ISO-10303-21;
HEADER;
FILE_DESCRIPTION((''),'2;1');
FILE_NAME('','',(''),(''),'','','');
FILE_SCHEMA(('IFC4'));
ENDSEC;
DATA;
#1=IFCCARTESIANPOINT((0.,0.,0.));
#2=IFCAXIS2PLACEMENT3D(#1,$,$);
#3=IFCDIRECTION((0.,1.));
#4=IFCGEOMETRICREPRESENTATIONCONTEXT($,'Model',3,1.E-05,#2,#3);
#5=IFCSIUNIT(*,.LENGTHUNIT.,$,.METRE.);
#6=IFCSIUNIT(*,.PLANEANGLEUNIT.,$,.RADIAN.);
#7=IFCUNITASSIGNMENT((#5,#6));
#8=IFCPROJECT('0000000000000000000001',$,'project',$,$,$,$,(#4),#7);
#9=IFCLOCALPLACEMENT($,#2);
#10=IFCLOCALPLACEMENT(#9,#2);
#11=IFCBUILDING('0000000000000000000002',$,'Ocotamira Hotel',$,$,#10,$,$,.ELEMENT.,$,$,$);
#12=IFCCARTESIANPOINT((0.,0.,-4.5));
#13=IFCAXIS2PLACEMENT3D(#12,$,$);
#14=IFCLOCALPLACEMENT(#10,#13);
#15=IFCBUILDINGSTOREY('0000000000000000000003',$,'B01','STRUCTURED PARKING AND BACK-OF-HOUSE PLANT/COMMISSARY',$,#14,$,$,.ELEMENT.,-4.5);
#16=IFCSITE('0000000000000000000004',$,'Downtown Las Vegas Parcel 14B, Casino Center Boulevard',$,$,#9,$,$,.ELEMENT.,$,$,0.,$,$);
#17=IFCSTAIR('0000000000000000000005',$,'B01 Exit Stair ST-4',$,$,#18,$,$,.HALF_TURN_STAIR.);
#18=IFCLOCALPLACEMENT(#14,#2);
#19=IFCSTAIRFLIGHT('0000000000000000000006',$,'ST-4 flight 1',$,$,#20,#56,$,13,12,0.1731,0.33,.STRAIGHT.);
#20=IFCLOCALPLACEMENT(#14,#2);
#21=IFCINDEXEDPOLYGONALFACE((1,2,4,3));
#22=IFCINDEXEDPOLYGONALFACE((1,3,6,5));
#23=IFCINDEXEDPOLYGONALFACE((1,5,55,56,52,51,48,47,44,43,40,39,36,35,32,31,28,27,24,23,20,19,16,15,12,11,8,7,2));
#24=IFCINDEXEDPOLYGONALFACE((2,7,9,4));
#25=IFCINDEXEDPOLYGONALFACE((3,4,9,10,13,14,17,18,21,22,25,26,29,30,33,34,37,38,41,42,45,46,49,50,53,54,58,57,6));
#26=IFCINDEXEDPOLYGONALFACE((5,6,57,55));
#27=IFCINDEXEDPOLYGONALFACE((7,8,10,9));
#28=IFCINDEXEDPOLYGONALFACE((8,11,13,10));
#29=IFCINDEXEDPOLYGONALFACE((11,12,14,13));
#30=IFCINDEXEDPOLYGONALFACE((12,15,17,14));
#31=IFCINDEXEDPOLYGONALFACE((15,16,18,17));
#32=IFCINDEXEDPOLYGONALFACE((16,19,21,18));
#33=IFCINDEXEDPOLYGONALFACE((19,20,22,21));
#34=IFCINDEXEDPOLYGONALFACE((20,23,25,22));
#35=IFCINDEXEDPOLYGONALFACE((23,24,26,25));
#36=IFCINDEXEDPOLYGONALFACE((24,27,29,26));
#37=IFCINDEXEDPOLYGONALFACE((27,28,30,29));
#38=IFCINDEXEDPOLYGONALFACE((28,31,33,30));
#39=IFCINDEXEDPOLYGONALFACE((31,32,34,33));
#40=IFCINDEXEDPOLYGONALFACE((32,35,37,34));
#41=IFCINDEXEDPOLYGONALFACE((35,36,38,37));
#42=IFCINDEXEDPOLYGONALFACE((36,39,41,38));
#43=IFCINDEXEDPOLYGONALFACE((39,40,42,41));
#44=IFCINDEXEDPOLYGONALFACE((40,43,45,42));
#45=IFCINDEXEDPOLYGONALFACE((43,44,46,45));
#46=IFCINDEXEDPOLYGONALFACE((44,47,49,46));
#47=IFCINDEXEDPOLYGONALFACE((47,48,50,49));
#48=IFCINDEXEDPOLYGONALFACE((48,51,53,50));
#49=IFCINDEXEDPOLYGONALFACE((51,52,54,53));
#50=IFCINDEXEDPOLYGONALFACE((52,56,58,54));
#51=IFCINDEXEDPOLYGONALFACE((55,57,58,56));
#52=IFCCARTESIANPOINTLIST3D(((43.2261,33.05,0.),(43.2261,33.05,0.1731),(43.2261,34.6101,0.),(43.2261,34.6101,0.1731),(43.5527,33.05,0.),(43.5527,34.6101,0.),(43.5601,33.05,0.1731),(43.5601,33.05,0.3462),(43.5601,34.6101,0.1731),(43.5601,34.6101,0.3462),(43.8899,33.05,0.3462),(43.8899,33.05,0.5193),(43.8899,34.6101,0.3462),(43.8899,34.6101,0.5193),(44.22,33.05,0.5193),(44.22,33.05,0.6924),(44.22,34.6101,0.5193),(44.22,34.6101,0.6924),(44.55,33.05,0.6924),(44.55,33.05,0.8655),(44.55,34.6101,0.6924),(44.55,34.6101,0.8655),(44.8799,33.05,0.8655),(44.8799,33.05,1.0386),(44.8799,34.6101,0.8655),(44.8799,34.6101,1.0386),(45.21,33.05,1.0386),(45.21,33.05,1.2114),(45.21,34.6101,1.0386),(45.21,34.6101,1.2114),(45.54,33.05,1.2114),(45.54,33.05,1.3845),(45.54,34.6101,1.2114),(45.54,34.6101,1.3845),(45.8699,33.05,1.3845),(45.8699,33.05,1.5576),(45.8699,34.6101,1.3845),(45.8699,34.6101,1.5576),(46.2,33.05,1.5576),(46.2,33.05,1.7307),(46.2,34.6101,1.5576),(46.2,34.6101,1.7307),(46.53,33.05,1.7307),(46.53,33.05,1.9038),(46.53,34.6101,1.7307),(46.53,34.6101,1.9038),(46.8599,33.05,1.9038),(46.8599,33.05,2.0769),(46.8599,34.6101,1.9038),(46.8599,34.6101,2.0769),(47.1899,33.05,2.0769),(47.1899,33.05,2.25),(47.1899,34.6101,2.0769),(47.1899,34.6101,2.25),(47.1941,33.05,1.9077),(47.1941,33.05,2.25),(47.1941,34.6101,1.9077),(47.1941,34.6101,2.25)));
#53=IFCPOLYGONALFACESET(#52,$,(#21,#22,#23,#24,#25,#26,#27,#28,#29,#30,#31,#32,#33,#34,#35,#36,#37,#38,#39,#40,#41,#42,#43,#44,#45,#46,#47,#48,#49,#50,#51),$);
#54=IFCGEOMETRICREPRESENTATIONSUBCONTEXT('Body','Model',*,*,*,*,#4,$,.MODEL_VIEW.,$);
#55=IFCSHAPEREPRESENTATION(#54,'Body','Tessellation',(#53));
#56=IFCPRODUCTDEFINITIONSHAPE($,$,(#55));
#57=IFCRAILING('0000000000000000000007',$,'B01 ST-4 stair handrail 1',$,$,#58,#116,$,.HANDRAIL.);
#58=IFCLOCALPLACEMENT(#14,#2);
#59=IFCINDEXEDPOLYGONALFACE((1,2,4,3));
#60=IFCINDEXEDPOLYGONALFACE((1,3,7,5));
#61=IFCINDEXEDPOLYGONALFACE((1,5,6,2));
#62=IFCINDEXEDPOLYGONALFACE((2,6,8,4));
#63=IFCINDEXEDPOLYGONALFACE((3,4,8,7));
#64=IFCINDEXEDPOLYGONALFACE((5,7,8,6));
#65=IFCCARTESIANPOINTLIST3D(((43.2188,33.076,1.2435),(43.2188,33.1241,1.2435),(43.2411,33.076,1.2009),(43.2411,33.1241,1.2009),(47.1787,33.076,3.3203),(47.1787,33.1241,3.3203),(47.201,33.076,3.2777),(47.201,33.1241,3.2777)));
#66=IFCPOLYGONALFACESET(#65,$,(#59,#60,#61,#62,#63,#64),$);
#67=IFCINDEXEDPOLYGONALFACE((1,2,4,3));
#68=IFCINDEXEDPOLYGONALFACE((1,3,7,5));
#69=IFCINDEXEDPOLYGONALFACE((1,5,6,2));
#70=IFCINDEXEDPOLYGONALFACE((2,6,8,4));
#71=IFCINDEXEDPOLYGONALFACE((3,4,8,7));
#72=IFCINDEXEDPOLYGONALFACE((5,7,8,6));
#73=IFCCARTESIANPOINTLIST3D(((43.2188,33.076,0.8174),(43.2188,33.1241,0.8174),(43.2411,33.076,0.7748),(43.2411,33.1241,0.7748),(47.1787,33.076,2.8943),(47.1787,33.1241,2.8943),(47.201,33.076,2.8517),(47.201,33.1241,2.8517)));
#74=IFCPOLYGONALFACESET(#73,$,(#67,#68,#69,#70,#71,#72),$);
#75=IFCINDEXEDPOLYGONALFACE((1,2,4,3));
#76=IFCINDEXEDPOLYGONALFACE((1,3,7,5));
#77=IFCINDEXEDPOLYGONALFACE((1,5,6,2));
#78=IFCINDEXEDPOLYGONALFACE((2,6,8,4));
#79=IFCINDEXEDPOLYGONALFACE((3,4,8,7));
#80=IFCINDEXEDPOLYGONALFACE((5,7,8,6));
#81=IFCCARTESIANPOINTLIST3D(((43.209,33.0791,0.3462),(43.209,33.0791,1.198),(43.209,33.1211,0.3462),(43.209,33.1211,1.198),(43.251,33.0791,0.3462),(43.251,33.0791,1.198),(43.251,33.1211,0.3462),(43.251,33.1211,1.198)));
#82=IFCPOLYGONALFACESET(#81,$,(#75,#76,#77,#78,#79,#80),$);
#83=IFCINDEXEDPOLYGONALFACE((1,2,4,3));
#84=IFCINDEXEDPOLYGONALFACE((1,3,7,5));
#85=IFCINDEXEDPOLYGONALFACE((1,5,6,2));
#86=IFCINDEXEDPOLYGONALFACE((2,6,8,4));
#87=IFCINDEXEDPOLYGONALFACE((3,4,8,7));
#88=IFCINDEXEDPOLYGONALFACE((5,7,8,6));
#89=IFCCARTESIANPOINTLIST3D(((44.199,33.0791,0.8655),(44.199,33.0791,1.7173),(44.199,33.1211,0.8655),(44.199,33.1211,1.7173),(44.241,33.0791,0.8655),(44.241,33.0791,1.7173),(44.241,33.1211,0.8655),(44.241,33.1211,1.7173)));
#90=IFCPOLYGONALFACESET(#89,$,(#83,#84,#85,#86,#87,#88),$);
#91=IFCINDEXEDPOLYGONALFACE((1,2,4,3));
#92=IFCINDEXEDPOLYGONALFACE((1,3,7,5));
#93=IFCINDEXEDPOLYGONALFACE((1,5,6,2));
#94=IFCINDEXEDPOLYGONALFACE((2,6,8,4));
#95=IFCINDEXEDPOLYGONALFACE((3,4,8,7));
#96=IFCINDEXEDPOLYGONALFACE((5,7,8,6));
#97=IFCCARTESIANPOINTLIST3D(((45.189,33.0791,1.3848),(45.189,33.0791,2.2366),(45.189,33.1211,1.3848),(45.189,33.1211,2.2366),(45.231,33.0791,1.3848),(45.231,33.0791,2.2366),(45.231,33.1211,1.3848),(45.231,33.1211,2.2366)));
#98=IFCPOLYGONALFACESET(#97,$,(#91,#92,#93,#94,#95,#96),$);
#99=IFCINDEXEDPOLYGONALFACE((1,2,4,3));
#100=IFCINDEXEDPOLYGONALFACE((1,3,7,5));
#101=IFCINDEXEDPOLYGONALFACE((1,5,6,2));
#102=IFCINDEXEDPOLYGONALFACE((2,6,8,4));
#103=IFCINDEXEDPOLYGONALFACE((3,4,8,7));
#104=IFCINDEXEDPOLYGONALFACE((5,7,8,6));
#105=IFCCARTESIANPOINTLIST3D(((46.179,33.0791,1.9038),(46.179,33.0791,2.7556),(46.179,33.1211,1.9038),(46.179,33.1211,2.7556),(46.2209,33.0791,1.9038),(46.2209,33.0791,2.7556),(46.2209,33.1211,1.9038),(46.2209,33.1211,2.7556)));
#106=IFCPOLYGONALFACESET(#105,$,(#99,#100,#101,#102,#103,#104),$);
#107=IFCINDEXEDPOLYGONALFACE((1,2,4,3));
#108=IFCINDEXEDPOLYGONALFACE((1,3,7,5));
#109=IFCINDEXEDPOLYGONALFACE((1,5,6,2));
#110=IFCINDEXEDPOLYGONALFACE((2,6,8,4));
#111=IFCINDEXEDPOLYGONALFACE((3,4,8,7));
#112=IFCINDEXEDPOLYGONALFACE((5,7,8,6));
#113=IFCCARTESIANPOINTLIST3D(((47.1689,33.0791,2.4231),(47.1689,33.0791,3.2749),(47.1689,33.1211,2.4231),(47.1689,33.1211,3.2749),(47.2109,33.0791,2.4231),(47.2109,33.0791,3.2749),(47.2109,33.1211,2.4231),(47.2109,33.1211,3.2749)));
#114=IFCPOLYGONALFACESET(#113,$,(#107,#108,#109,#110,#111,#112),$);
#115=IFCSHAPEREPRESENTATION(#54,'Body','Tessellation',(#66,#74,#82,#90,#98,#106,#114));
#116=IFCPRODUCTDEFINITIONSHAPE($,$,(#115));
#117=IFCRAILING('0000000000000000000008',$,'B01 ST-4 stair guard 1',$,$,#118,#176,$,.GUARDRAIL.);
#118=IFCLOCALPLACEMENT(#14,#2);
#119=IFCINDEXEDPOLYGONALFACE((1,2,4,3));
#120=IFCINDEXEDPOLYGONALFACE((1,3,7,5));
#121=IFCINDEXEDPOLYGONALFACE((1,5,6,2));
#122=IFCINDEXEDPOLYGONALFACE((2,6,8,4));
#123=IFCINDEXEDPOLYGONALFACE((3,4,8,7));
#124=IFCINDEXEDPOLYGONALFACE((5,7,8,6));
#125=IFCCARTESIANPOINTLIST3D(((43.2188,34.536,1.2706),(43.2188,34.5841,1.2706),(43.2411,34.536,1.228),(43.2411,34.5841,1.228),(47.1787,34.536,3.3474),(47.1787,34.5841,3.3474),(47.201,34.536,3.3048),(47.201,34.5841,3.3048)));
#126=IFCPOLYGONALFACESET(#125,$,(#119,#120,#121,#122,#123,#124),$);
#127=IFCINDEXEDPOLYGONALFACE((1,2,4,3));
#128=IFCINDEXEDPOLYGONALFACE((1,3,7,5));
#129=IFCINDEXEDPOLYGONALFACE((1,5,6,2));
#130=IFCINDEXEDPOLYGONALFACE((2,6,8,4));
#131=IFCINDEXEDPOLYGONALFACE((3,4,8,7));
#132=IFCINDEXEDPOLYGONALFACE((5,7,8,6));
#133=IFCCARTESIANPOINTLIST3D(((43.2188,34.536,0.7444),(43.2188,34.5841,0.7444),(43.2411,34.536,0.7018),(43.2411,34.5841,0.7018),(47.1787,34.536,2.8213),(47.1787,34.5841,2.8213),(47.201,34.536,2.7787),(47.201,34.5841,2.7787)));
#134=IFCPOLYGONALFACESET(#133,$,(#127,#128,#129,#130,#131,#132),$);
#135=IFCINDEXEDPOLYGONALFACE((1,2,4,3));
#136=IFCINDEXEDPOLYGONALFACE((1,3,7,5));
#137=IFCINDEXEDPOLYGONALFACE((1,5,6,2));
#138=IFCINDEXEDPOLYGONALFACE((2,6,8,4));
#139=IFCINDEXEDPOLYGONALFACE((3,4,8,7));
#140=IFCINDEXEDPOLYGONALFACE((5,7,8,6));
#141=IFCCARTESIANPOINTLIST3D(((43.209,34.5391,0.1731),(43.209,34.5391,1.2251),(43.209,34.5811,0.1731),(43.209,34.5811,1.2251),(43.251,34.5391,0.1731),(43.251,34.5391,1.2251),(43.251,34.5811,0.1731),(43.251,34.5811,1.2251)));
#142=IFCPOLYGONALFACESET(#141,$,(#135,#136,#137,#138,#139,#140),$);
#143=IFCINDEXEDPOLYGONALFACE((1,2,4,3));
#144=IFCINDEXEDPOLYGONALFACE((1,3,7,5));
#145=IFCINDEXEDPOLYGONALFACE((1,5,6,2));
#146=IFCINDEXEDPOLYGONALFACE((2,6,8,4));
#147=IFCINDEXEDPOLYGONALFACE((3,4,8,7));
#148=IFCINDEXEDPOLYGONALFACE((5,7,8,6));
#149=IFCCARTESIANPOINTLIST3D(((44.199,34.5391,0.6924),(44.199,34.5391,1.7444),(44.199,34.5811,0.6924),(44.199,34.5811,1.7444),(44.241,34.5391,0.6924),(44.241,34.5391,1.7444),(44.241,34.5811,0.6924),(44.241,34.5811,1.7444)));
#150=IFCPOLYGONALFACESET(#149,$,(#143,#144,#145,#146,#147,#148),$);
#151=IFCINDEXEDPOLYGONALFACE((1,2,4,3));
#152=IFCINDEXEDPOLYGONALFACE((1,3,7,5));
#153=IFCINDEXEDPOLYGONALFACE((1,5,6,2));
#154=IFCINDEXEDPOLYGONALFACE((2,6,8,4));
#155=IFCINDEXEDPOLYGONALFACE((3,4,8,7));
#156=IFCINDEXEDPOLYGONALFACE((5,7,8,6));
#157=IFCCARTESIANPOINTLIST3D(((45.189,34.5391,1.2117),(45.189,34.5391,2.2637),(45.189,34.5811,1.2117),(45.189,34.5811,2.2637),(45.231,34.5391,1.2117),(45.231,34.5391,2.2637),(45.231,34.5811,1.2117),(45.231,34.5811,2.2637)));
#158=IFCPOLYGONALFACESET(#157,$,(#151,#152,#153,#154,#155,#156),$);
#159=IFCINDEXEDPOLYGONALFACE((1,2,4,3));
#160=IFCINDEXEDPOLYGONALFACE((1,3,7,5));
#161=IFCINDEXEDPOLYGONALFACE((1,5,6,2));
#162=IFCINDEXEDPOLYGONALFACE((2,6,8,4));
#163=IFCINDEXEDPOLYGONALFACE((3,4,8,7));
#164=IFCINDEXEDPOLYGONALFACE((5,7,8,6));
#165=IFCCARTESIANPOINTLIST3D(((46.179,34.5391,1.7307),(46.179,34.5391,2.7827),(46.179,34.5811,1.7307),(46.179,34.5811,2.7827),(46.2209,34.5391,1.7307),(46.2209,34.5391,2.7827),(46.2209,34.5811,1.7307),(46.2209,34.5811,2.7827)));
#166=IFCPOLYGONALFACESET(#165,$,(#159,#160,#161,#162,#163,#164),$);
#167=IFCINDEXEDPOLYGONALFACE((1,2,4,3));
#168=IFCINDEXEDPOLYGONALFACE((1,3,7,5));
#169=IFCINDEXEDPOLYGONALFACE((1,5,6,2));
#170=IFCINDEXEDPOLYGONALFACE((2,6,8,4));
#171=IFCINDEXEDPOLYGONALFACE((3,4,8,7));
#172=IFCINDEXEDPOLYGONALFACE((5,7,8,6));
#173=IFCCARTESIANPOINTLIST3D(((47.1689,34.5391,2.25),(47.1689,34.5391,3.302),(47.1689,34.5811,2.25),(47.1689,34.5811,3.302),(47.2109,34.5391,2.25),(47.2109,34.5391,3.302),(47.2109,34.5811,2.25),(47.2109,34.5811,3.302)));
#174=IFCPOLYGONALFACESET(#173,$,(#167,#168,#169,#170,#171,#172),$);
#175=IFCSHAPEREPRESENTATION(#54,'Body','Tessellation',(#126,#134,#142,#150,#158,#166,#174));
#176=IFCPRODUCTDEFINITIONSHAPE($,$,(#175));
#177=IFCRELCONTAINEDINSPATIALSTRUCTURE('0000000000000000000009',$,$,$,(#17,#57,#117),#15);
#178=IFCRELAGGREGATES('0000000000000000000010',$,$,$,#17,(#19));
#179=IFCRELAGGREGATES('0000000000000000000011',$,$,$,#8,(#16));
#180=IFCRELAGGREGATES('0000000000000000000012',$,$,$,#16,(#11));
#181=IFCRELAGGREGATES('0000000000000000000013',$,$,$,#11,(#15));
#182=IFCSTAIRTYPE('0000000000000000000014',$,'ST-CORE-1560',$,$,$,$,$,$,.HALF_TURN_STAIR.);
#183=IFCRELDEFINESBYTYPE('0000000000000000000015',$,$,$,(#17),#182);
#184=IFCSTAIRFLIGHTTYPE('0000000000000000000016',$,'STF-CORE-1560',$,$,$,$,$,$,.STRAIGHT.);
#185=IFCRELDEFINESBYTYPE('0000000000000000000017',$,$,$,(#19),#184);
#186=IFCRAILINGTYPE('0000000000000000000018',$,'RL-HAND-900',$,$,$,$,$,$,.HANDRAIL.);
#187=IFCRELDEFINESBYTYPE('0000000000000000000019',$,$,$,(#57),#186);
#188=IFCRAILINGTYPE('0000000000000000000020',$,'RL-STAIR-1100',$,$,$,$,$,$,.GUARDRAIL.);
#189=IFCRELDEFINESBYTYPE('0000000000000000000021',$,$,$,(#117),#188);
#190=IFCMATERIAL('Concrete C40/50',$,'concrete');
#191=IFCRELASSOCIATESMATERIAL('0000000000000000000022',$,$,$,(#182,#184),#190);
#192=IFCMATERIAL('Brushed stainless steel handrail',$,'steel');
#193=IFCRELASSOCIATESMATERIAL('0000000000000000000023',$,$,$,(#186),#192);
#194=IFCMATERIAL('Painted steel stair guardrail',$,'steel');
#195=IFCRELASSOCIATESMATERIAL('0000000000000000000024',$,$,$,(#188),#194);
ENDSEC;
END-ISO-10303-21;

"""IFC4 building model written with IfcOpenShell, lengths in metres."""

from ifc_helpers import new_model, si_unit, direction, frame, origin, origin_2d, place, context, subcontext, project, spatial, polyline, rectangle, outline, extrude, source, transform, mapped, material, type_object, element, aggregate, save


model = new_model("IFC4")

# Units and contexts
model_context = context("Model", 3, precision=1e-05, world=origin(), true_north=direction((0.0, 1.0)))
body_context = subcontext(model_context, "Body", "Model", "MODEL_VIEW")
ifc_project = project(units=[si_unit("LENGTHUNIT", "METRE"), si_unit("PLANEANGLEUNIT", "RADIAN")], contexts=[model_context])

# Site, building, storey
site_placement = place(None, origin())
site = spatial("IfcSite", under=ifc_project, at=site_placement, Name="Downtown Las Vegas Parcel 14B, Casino Center Boulevard", CompositionType="ELEMENT", RefElevation=0.0)
building_placement = place(site_placement, origin())
building = spatial("IfcBuilding", under=site, at=building_placement, Name="Ocotamira Hotel", CompositionType="ELEMENT")
storey_placement = place(building_placement, frame((0.0, 0.0, -4.5)))
storey = spatial("IfcBuildingStorey", under=building, at=storey_placement, Name="B01", Description="STRUCTURED PARKING AND BACK-OF-HOUSE PLANT/COMMISSARY", CompositionType="ELEMENT", Elevation=-4.5)

# Stair, stair flight
ifc_material_1 = material(Name="Concrete C40/50", Category="concrete")
stair_type = type_object("IfcStairType", Name="ST-CORE-1560", PredefinedType="HALF_TURN_STAIR", material=ifc_material_1)
stair_placement = place(storey_placement, origin())
stair = element("IfcStair", 1, at=stair_placement, inside=storey, type_object=stair_type, Name="B01 Exit Stair ST-4", PredefinedType="HALF_TURN_STAIR")
stair_flight_type = type_object("IfcStairFlightType", Name="STF-CORE-1560", PredefinedType="STRAIGHT", material=ifc_material_1)
shared_shape_1 = source(origin(), body_context, "Body", "SweptSolid", [
    extrude(outline(polyline([(-0.0039, 0.0), (-0.0039, 0.1731), (0.3301, 0.1731), (0.3301, 0.3462), (0.6599, 0.3462), (0.6599, 0.5193), (0.99, 0.5193), (0.99, 0.6924), (1.3201, 0.6924), (1.3201, 0.8655), (1.6499, 0.8655), (1.6499, 1.0386), (1.98, 1.0386), (1.98, 1.2114), (2.3101, 1.2114), (2.3101, 1.3845), (2.6399, 1.3845), (2.6399, 1.5576), (2.97, 1.5576), (2.97, 1.7307), (3.3, 1.7307), (3.3, 1.9038), (3.6299, 1.9038), (3.6299, 2.0769), (3.96, 2.0769), (3.96, 2.25), (3.9641, 2.25), (3.9641, 1.9077), (0.3228, 0.0), (-0.0039, 0.0)])), frame((0.0, 0.78, 0.0), z_axis=(0.0, -1.0, 0.0), x_axis=(1.0, 0.0, 0.0)), (0.0, 0.0, 1.0), 1.5601),
])
stair_flight_placement = place(storey_placement, frame((43.23, 33.8301, 0.0), z_axis=(0.0, 0.0, 1.0), x_axis=(1.0, 0.0, 0.0)))
stair_flight = element("IfcStairFlight", 2, at=stair_flight_placement, type_object=stair_flight_type, Name="ST-4 flight 1", NumberOfRisers=13, NumberOfTreads=12, PredefinedType="STRAIGHT", RiserHeight=0.1731, TreadLength=0.33, context=body_context, shape_type="MappedRepresentation", body=[
    mapped(shared_shape_1, transform((0.0, 0.0, 0.0), scale=1.0)),
])
aggregate(stair, [stair_flight])

# Railings
ifc_material_2 = material(Name="Brushed stainless steel handrail", Category="steel")
railing_type_1 = type_object("IfcRailingType", Name="RL-HAND-900", PredefinedType="HANDRAIL", material=ifc_material_2)
railing_1_placement = place(storey_placement, frame((43.23, 33.1001, 0.3462)))
element("IfcRailing", 3, at=railing_1_placement, inside=storey, type_object=railing_type_1, Name="B01 ST-4 stair handrail 1", PredefinedType="HANDRAIL", context=body_context, shape_type="SweptSolid", body=[
    extrude(rectangle(XDim=0.0481, YDim=0.0481, at=origin_2d()), frame((0.0, 0.0, 0.876), z_axis=(0.885589, 0.0, 0.46447), x_axis=(0.0, 1.0, 0.0)), (0.0, 0.0, 1.0), 4.4714),
    extrude(rectangle(XDim=0.0481, YDim=0.0481, at=origin_2d()), frame((0.0, 0.0, 0.45), z_axis=(0.885589, 0.0, 0.46447), x_axis=(0.0, 1.0, 0.0)), (0.0, 0.0, 1.0), 4.4714),
    extrude(rectangle(XDim=0.042, YDim=0.042, at=origin_2d()), origin(), (0.0, 0.0, 1.0), 0.8518),
    extrude(rectangle(XDim=0.042, YDim=0.042, at=origin_2d()), frame((0.99, 0.0, 0.5193)), (0.0, 0.0, 1.0), 0.8518),
    extrude(rectangle(XDim=0.042, YDim=0.042, at=origin_2d()), frame((1.98, 0.0, 1.0386)), (0.0, 0.0, 1.0), 0.8518),
    extrude(rectangle(XDim=0.042, YDim=0.042, at=origin_2d()), frame((2.97, 0.0, 1.5576)), (0.0, 0.0, 1.0), 0.8518),
    extrude(rectangle(XDim=0.042, YDim=0.042, at=origin_2d()), frame((3.96, 0.0, 2.0769)), (0.0, 0.0, 1.0), 0.8518),
])
ifc_material_3 = material(Name="Painted steel stair guardrail", Category="steel")
railing_type_2 = type_object("IfcRailingType", Name="RL-STAIR-1100", PredefinedType="GUARDRAIL", material=ifc_material_3)
railing_2_placement = place(storey_placement, frame((43.23, 34.5601, 0.1731)))
element("IfcRailing", 4, at=railing_2_placement, inside=storey, type_object=railing_type_2, Name="B01 ST-4 stair guard 1", PredefinedType="GUARDRAIL", context=body_context, shape_type="SweptSolid", body=[
    extrude(rectangle(XDim=0.0481, YDim=0.0481, at=origin_2d()), frame((0.0, 0.0, 1.0762), z_axis=(0.885589, 0.0, 0.46447), x_axis=(0.0, 1.0, 0.0)), (0.0, 0.0, 1.0), 4.4714),
    extrude(rectangle(XDim=0.0481, YDim=0.0481, at=origin_2d()), frame((0.0, 0.0, 0.55), z_axis=(0.885589, 0.0, 0.46447), x_axis=(0.0, 1.0, 0.0)), (0.0, 0.0, 1.0), 4.4714),
    extrude(rectangle(XDim=0.042, YDim=0.042, at=origin_2d()), origin(), (0.0, 0.0, 1.0), 1.052),
    extrude(rectangle(XDim=0.042, YDim=0.042, at=origin_2d()), frame((0.99, 0.0, 0.5193)), (0.0, 0.0, 1.0), 1.052),
    extrude(rectangle(XDim=0.042, YDim=0.042, at=origin_2d()), frame((1.98, 0.0, 1.0386)), (0.0, 0.0, 1.0), 1.052),
    extrude(rectangle(XDim=0.042, YDim=0.042, at=origin_2d()), frame((2.97, 0.0, 1.5576)), (0.0, 0.0, 1.0), 1.052),
    extrude(rectangle(XDim=0.042, YDim=0.042, at=origin_2d()), frame((3.96, 0.0, 2.0769)), (0.0, 0.0, 1.0), 1.052),
])

save(model, "model.ifc")
